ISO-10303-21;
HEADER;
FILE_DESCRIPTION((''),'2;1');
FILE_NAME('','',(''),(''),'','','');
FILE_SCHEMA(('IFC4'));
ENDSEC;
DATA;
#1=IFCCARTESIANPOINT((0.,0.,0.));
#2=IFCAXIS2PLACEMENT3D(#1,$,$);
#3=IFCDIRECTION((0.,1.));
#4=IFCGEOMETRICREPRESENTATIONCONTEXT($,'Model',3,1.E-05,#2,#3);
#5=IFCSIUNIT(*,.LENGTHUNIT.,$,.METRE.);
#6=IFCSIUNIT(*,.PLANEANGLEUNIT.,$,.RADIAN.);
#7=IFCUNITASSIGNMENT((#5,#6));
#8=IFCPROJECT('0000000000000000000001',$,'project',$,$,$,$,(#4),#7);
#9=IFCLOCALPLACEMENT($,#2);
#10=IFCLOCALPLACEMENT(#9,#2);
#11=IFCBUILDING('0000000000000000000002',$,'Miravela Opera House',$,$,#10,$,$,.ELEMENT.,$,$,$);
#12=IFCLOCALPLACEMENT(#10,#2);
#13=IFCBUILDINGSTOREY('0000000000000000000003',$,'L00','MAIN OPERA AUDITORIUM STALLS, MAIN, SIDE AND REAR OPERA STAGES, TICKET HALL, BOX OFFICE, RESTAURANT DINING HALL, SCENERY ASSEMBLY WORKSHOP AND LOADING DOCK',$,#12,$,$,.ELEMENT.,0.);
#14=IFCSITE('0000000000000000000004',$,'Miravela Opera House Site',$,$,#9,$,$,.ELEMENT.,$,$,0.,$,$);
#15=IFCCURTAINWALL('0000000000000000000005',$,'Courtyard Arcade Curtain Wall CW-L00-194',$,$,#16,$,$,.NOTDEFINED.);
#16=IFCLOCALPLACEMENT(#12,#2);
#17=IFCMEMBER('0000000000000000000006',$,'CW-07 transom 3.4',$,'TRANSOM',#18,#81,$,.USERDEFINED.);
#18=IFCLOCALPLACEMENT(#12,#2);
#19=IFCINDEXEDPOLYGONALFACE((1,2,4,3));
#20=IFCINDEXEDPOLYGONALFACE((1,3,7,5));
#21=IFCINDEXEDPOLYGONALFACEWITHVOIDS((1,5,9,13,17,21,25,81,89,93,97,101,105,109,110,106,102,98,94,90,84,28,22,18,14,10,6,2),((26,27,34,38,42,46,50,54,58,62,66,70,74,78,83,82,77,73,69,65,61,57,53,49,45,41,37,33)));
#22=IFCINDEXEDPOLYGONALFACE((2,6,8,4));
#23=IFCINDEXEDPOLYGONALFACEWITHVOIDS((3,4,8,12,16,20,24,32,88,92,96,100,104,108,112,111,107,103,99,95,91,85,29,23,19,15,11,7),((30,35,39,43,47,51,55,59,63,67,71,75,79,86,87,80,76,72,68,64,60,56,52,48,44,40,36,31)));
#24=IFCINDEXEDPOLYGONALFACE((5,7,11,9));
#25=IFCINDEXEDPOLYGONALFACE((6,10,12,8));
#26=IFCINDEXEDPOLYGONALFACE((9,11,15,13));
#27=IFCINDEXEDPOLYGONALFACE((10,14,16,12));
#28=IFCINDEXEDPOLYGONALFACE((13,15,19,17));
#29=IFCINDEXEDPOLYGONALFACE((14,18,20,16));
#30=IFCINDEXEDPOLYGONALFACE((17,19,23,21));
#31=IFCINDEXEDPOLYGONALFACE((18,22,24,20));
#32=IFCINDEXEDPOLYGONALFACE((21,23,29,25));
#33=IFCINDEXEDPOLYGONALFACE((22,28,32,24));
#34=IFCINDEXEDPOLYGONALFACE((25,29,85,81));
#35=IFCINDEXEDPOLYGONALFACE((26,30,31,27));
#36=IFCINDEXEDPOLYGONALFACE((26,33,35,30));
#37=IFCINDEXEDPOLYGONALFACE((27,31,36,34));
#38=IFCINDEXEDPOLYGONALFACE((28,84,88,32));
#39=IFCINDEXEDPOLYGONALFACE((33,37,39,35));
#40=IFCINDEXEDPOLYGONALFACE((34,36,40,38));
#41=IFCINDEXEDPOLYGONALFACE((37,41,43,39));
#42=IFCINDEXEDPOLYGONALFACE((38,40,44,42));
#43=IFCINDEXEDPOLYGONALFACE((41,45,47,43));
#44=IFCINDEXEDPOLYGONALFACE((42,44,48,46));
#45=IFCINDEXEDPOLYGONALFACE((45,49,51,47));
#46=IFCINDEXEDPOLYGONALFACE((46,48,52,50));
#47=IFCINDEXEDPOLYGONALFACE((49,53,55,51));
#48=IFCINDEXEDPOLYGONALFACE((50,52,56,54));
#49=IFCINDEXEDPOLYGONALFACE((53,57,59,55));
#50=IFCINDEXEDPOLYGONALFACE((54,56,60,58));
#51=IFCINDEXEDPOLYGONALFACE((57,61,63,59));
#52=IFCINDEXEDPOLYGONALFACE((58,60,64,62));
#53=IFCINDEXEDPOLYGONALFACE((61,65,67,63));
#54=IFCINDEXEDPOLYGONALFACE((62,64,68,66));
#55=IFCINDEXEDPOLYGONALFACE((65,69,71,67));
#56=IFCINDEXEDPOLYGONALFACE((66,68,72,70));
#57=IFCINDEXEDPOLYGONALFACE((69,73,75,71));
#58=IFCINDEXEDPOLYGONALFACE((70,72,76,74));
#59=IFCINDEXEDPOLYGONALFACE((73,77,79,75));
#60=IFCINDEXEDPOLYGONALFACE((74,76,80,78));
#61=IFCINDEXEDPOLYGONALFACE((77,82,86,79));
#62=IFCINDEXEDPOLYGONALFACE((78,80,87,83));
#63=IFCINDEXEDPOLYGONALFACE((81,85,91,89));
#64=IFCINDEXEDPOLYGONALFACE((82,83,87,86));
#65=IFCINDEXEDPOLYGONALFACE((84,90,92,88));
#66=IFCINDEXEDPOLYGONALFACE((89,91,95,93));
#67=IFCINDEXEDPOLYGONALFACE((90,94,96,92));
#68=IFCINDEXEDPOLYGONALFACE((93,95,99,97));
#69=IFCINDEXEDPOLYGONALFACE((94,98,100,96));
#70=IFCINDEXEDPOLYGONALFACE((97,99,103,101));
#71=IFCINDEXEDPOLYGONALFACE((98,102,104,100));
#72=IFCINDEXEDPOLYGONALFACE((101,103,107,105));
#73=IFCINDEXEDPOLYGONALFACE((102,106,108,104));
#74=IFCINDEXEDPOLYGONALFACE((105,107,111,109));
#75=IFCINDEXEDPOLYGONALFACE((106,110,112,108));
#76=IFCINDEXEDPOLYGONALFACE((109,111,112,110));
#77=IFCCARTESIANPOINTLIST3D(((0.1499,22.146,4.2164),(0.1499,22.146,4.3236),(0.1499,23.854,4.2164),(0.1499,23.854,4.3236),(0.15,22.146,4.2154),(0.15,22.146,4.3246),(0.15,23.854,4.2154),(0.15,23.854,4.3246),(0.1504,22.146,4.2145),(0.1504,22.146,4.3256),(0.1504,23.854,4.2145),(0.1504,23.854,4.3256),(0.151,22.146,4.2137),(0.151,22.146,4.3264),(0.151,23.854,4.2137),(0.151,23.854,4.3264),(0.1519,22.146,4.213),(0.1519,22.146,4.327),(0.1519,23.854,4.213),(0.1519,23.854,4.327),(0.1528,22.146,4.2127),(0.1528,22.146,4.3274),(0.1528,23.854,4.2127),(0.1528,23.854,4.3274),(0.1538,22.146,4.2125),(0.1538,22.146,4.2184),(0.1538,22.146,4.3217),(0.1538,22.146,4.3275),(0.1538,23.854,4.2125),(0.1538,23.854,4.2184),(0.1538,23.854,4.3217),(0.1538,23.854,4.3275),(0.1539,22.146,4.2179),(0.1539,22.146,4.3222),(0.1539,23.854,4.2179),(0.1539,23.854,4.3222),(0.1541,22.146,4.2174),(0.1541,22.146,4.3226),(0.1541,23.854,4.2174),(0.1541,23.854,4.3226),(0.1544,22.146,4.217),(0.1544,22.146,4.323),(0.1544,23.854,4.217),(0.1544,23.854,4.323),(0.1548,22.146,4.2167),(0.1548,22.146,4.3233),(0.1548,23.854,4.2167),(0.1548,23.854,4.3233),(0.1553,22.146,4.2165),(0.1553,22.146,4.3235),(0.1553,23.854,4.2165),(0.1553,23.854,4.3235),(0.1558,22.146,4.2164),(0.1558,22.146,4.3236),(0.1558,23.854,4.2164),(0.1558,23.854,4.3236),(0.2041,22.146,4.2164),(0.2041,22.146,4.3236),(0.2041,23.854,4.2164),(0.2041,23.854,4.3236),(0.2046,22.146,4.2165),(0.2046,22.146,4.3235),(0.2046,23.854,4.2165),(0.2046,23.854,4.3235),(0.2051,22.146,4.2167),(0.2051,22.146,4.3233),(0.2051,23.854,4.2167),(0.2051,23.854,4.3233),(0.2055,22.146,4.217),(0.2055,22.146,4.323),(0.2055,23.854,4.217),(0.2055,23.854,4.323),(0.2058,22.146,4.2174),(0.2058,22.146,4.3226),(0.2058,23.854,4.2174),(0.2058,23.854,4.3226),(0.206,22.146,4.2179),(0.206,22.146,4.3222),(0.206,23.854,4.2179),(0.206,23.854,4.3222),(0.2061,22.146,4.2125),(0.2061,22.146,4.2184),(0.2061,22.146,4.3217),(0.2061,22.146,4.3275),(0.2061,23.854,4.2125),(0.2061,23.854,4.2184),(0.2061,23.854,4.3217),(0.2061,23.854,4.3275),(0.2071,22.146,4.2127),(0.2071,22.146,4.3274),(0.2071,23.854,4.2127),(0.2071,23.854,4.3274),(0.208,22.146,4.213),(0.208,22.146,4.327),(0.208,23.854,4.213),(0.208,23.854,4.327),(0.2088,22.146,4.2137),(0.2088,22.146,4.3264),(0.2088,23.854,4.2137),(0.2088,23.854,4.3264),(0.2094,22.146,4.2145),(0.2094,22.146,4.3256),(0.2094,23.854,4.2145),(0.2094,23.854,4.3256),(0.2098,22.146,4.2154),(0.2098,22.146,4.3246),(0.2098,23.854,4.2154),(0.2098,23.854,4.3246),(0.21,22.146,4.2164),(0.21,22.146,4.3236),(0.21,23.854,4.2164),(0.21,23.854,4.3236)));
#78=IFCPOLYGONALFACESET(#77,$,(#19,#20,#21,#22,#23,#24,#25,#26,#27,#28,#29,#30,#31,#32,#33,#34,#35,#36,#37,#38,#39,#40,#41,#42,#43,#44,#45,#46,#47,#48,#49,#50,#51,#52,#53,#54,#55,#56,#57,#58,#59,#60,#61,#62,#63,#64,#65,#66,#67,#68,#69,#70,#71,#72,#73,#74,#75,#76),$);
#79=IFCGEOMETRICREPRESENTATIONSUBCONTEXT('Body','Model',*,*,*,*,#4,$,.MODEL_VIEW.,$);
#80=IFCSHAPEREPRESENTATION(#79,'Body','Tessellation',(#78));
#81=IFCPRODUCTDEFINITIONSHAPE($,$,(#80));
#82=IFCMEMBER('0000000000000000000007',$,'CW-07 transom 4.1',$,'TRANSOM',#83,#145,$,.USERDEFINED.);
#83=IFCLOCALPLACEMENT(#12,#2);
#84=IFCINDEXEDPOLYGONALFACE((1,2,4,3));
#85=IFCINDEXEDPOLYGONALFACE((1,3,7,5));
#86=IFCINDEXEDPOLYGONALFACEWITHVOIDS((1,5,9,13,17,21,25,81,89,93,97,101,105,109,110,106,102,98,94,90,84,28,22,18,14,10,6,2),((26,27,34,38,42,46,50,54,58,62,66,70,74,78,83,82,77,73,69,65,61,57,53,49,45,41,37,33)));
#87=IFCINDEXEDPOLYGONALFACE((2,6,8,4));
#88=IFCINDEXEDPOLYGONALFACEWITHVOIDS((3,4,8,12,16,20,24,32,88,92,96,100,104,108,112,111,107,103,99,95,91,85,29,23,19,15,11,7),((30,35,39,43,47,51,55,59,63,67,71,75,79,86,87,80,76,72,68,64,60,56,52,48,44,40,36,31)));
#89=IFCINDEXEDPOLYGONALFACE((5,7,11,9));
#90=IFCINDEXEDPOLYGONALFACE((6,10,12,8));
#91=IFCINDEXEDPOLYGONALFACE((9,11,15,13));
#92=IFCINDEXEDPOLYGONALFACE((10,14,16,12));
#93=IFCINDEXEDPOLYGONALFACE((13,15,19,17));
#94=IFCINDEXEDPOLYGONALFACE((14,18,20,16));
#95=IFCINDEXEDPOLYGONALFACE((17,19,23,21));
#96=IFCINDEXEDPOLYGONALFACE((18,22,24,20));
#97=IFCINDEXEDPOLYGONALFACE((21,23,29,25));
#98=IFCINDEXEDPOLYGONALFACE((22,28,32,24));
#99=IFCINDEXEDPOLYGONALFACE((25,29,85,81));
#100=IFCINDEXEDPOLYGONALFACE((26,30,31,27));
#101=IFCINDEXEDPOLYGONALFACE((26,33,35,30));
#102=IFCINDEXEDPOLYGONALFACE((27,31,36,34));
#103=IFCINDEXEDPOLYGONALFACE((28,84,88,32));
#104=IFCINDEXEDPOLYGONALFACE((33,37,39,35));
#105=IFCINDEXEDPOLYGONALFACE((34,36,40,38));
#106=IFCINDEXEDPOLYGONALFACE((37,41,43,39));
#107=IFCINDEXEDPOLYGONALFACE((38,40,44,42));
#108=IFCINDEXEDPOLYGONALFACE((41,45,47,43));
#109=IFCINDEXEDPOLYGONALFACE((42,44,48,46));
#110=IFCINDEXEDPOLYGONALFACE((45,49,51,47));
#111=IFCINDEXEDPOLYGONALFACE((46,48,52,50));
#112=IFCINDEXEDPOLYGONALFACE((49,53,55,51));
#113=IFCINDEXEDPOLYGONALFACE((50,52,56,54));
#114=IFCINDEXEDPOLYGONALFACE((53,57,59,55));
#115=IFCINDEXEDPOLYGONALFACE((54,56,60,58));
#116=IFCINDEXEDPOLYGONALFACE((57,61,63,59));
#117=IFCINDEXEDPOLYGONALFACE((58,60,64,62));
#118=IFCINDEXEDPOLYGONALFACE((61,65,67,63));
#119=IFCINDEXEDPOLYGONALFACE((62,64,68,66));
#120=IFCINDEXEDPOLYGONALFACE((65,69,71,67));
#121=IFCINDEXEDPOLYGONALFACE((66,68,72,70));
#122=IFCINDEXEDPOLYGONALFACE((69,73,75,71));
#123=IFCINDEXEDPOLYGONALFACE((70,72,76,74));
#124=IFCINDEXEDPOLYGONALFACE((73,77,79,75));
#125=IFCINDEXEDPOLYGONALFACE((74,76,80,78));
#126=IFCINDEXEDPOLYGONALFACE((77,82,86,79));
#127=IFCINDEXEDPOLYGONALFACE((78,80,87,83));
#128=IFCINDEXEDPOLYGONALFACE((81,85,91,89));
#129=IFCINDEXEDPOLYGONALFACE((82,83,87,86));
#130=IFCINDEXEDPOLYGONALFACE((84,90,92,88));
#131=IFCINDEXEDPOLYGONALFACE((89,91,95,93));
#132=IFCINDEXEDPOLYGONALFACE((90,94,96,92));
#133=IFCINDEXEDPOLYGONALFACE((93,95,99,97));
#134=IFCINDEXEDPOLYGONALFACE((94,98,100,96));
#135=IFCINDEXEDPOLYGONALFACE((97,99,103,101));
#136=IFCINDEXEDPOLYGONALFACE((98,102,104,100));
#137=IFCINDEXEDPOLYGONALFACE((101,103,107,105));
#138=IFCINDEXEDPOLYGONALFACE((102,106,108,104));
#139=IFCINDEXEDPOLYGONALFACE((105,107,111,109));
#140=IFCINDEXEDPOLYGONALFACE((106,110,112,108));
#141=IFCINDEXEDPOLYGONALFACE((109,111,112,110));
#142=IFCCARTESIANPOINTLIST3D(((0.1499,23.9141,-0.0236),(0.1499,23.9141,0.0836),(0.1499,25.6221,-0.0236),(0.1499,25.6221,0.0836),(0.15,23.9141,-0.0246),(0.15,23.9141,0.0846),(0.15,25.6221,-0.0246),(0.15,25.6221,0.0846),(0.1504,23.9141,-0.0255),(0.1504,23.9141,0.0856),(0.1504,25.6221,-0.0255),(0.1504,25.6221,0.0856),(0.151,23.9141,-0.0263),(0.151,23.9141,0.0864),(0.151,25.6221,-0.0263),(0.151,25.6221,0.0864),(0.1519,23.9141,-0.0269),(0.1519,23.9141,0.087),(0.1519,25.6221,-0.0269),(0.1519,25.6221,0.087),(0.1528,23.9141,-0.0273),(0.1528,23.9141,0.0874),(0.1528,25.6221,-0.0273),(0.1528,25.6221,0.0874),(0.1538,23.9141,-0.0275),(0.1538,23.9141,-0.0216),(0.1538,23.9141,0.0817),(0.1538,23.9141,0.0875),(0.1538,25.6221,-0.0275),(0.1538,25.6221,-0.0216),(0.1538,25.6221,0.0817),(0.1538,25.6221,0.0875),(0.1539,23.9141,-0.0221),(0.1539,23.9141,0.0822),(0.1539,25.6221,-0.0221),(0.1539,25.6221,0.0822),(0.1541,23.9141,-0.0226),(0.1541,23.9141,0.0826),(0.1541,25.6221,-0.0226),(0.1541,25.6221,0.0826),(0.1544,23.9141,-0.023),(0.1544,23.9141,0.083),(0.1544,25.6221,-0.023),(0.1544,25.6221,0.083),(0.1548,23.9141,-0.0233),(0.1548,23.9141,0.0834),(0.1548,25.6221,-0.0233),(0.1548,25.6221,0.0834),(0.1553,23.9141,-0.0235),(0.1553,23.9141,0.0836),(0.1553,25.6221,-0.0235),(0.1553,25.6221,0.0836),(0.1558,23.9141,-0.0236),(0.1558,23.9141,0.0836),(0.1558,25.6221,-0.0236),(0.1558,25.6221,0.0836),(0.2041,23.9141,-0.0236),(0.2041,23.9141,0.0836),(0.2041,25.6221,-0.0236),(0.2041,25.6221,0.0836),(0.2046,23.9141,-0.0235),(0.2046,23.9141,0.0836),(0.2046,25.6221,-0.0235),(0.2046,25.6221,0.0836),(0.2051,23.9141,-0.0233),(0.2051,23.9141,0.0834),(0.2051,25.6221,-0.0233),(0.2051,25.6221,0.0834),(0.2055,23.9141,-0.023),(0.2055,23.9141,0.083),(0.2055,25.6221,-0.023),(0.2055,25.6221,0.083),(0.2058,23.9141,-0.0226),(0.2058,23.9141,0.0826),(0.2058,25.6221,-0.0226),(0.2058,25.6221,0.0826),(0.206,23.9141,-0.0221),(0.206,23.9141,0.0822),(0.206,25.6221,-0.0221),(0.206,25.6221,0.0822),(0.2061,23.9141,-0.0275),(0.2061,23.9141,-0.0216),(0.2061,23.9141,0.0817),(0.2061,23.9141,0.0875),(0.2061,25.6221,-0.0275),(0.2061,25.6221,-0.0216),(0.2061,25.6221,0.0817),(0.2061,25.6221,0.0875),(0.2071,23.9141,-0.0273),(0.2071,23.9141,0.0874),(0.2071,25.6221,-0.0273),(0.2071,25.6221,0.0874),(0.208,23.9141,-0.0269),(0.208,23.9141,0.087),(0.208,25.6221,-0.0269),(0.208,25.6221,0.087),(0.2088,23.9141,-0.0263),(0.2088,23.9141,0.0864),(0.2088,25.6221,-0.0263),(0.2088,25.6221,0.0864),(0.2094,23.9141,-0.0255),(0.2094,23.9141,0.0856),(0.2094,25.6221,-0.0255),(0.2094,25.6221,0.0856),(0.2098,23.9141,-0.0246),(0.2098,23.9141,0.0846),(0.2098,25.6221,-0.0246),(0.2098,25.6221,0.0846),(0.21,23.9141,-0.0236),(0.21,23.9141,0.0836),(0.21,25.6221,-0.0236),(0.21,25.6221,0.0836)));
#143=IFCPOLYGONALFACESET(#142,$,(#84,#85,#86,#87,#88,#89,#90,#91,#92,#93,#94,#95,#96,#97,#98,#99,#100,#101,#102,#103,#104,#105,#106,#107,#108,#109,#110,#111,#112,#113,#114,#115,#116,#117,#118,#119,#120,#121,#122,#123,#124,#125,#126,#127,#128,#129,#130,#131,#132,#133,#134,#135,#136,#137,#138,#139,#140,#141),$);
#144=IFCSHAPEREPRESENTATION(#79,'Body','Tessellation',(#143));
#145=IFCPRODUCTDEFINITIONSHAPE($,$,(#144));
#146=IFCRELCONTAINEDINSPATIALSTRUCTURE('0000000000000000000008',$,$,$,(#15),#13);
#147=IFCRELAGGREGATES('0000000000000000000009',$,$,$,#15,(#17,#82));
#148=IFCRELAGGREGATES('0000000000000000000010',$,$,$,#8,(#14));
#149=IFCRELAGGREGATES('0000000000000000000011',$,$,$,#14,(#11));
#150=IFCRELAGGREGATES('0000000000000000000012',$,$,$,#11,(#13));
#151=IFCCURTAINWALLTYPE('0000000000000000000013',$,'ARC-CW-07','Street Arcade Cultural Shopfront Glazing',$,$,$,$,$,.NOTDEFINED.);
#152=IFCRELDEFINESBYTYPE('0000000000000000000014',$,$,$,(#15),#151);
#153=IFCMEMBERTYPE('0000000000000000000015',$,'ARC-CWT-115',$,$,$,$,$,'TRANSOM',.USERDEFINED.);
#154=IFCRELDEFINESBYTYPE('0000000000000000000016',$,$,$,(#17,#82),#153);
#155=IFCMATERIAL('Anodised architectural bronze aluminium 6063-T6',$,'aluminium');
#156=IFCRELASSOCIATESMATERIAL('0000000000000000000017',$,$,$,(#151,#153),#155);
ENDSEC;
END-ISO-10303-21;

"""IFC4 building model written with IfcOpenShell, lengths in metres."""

from ifc_helpers import new_model, si_unit, direction, frame, origin, origin_2d, place, context, subcontext, project, spatial, hollow_rectangle, extrude, material, material_profile, profile_set, type_object, element, aggregate, save


model = new_model("IFC4")

# Units and contexts
model_context = context("Model", 3, precision=1e-05, world=origin(), true_north=direction((0.0, 1.0)))
body_context = subcontext(model_context, "Body", "Model", "MODEL_VIEW")
ifc_project = project(units=[si_unit("LENGTHUNIT", "METRE"), si_unit("PLANEANGLEUNIT", "RADIAN")], contexts=[model_context])

# Site, building, storey
site_placement = place(None, origin())
site = spatial("IfcSite", under=ifc_project, at=site_placement, Name="Miravela Opera House Site", CompositionType="ELEMENT", RefElevation=0.0)
building_placement = place(site_placement, origin())
building = spatial("IfcBuilding", under=site, at=building_placement, Name="Miravela Opera House", CompositionType="ELEMENT")
storey_placement = place(building_placement, origin())
storey = spatial("IfcBuildingStorey", under=building, at=storey_placement, Name="L00", Description="MAIN OPERA AUDITORIUM STALLS, MAIN, SIDE AND REAR OPERA STAGES, TICKET HALL, BOX OFFICE, RESTAURANT DINING HALL, SCENERY ASSEMBLY WORKSHOP AND LOADING DOCK", CompositionType="ELEMENT", Elevation=0.0)

# Curtain wall, members
ifc_material_1 = material(Name="Anodised architectural bronze aluminium 6063-T6", Category="aluminium")
curtain_wall_type = type_object("IfcCurtainWallType", Name="ARC-CW-07", Description="Street Arcade Cultural Shopfront Glazing", PredefinedType="NOTDEFINED", material=ifc_material_1)
curtain_wall_placement = place(storey_placement, origin())
curtain_wall = element("IfcCurtainWall", 1, at=curtain_wall_placement, inside=storey, type_object=curtain_wall_type, Name="Courtyard Arcade Curtain Wall CW-L00-194", PredefinedType="NOTDEFINED")
ifc_material_profile_1 = material_profile(ifc_material_1, hollow_rectangle(XDim=0.0601, YDim=0.115, WallThickness=0.0039, InnerFilletRadius=0.002, OuterFilletRadius=0.0039, at=origin_2d()), Name="CWT-60X115")
ifc_profile_set_1 = profile_set([ifc_material_profile_1])
member_type_1 = type_object("IfcMemberType", Name="ARC-CWT-115", ElementType="TRANSOM", PredefinedType="USERDEFINED", material=ifc_profile_set_1)
member_1_placement = place(storey_placement, frame((0.1799, 22.146, 4.27), z_axis=(0.0, 1.0, 0.0), x_axis=(-1.0, 0.0, 0.0)))
member_1 = element("IfcMember", 2, at=member_1_placement, type_object=member_type_1, Name="CW-07 transom 3.4", ObjectType="TRANSOM", PredefinedType="USERDEFINED", context=body_context, shape_type="SweptSolid", body=[
    extrude(hollow_rectangle(XDim=0.0601, YDim=0.115, WallThickness=0.0039, InnerFilletRadius=0.002, OuterFilletRadius=0.0039, at=origin_2d()), origin(), (0.0, 0.0, 1.0), 1.708),
])
member_2_placement = place(storey_placement, frame((0.1799, 23.9141, 0.03), z_axis=(0.0, 1.0, 0.0), x_axis=(-1.0, 0.0, 0.0)))
member_2 = element("IfcMember", 3, at=member_2_placement, type_object=member_type_1, Name="CW-07 transom 4.1", ObjectType="TRANSOM", PredefinedType="USERDEFINED", context=body_context, shape_type="SweptSolid", body=[
    extrude(hollow_rectangle(XDim=0.0601, YDim=0.115, WallThickness=0.0039, InnerFilletRadius=0.002, OuterFilletRadius=0.0039, at=origin_2d()), origin(), (0.0, 0.0, 1.0), 1.708),
])

aggregate(curtain_wall, [member_1, member_2])

save(model, "model.ifc")
